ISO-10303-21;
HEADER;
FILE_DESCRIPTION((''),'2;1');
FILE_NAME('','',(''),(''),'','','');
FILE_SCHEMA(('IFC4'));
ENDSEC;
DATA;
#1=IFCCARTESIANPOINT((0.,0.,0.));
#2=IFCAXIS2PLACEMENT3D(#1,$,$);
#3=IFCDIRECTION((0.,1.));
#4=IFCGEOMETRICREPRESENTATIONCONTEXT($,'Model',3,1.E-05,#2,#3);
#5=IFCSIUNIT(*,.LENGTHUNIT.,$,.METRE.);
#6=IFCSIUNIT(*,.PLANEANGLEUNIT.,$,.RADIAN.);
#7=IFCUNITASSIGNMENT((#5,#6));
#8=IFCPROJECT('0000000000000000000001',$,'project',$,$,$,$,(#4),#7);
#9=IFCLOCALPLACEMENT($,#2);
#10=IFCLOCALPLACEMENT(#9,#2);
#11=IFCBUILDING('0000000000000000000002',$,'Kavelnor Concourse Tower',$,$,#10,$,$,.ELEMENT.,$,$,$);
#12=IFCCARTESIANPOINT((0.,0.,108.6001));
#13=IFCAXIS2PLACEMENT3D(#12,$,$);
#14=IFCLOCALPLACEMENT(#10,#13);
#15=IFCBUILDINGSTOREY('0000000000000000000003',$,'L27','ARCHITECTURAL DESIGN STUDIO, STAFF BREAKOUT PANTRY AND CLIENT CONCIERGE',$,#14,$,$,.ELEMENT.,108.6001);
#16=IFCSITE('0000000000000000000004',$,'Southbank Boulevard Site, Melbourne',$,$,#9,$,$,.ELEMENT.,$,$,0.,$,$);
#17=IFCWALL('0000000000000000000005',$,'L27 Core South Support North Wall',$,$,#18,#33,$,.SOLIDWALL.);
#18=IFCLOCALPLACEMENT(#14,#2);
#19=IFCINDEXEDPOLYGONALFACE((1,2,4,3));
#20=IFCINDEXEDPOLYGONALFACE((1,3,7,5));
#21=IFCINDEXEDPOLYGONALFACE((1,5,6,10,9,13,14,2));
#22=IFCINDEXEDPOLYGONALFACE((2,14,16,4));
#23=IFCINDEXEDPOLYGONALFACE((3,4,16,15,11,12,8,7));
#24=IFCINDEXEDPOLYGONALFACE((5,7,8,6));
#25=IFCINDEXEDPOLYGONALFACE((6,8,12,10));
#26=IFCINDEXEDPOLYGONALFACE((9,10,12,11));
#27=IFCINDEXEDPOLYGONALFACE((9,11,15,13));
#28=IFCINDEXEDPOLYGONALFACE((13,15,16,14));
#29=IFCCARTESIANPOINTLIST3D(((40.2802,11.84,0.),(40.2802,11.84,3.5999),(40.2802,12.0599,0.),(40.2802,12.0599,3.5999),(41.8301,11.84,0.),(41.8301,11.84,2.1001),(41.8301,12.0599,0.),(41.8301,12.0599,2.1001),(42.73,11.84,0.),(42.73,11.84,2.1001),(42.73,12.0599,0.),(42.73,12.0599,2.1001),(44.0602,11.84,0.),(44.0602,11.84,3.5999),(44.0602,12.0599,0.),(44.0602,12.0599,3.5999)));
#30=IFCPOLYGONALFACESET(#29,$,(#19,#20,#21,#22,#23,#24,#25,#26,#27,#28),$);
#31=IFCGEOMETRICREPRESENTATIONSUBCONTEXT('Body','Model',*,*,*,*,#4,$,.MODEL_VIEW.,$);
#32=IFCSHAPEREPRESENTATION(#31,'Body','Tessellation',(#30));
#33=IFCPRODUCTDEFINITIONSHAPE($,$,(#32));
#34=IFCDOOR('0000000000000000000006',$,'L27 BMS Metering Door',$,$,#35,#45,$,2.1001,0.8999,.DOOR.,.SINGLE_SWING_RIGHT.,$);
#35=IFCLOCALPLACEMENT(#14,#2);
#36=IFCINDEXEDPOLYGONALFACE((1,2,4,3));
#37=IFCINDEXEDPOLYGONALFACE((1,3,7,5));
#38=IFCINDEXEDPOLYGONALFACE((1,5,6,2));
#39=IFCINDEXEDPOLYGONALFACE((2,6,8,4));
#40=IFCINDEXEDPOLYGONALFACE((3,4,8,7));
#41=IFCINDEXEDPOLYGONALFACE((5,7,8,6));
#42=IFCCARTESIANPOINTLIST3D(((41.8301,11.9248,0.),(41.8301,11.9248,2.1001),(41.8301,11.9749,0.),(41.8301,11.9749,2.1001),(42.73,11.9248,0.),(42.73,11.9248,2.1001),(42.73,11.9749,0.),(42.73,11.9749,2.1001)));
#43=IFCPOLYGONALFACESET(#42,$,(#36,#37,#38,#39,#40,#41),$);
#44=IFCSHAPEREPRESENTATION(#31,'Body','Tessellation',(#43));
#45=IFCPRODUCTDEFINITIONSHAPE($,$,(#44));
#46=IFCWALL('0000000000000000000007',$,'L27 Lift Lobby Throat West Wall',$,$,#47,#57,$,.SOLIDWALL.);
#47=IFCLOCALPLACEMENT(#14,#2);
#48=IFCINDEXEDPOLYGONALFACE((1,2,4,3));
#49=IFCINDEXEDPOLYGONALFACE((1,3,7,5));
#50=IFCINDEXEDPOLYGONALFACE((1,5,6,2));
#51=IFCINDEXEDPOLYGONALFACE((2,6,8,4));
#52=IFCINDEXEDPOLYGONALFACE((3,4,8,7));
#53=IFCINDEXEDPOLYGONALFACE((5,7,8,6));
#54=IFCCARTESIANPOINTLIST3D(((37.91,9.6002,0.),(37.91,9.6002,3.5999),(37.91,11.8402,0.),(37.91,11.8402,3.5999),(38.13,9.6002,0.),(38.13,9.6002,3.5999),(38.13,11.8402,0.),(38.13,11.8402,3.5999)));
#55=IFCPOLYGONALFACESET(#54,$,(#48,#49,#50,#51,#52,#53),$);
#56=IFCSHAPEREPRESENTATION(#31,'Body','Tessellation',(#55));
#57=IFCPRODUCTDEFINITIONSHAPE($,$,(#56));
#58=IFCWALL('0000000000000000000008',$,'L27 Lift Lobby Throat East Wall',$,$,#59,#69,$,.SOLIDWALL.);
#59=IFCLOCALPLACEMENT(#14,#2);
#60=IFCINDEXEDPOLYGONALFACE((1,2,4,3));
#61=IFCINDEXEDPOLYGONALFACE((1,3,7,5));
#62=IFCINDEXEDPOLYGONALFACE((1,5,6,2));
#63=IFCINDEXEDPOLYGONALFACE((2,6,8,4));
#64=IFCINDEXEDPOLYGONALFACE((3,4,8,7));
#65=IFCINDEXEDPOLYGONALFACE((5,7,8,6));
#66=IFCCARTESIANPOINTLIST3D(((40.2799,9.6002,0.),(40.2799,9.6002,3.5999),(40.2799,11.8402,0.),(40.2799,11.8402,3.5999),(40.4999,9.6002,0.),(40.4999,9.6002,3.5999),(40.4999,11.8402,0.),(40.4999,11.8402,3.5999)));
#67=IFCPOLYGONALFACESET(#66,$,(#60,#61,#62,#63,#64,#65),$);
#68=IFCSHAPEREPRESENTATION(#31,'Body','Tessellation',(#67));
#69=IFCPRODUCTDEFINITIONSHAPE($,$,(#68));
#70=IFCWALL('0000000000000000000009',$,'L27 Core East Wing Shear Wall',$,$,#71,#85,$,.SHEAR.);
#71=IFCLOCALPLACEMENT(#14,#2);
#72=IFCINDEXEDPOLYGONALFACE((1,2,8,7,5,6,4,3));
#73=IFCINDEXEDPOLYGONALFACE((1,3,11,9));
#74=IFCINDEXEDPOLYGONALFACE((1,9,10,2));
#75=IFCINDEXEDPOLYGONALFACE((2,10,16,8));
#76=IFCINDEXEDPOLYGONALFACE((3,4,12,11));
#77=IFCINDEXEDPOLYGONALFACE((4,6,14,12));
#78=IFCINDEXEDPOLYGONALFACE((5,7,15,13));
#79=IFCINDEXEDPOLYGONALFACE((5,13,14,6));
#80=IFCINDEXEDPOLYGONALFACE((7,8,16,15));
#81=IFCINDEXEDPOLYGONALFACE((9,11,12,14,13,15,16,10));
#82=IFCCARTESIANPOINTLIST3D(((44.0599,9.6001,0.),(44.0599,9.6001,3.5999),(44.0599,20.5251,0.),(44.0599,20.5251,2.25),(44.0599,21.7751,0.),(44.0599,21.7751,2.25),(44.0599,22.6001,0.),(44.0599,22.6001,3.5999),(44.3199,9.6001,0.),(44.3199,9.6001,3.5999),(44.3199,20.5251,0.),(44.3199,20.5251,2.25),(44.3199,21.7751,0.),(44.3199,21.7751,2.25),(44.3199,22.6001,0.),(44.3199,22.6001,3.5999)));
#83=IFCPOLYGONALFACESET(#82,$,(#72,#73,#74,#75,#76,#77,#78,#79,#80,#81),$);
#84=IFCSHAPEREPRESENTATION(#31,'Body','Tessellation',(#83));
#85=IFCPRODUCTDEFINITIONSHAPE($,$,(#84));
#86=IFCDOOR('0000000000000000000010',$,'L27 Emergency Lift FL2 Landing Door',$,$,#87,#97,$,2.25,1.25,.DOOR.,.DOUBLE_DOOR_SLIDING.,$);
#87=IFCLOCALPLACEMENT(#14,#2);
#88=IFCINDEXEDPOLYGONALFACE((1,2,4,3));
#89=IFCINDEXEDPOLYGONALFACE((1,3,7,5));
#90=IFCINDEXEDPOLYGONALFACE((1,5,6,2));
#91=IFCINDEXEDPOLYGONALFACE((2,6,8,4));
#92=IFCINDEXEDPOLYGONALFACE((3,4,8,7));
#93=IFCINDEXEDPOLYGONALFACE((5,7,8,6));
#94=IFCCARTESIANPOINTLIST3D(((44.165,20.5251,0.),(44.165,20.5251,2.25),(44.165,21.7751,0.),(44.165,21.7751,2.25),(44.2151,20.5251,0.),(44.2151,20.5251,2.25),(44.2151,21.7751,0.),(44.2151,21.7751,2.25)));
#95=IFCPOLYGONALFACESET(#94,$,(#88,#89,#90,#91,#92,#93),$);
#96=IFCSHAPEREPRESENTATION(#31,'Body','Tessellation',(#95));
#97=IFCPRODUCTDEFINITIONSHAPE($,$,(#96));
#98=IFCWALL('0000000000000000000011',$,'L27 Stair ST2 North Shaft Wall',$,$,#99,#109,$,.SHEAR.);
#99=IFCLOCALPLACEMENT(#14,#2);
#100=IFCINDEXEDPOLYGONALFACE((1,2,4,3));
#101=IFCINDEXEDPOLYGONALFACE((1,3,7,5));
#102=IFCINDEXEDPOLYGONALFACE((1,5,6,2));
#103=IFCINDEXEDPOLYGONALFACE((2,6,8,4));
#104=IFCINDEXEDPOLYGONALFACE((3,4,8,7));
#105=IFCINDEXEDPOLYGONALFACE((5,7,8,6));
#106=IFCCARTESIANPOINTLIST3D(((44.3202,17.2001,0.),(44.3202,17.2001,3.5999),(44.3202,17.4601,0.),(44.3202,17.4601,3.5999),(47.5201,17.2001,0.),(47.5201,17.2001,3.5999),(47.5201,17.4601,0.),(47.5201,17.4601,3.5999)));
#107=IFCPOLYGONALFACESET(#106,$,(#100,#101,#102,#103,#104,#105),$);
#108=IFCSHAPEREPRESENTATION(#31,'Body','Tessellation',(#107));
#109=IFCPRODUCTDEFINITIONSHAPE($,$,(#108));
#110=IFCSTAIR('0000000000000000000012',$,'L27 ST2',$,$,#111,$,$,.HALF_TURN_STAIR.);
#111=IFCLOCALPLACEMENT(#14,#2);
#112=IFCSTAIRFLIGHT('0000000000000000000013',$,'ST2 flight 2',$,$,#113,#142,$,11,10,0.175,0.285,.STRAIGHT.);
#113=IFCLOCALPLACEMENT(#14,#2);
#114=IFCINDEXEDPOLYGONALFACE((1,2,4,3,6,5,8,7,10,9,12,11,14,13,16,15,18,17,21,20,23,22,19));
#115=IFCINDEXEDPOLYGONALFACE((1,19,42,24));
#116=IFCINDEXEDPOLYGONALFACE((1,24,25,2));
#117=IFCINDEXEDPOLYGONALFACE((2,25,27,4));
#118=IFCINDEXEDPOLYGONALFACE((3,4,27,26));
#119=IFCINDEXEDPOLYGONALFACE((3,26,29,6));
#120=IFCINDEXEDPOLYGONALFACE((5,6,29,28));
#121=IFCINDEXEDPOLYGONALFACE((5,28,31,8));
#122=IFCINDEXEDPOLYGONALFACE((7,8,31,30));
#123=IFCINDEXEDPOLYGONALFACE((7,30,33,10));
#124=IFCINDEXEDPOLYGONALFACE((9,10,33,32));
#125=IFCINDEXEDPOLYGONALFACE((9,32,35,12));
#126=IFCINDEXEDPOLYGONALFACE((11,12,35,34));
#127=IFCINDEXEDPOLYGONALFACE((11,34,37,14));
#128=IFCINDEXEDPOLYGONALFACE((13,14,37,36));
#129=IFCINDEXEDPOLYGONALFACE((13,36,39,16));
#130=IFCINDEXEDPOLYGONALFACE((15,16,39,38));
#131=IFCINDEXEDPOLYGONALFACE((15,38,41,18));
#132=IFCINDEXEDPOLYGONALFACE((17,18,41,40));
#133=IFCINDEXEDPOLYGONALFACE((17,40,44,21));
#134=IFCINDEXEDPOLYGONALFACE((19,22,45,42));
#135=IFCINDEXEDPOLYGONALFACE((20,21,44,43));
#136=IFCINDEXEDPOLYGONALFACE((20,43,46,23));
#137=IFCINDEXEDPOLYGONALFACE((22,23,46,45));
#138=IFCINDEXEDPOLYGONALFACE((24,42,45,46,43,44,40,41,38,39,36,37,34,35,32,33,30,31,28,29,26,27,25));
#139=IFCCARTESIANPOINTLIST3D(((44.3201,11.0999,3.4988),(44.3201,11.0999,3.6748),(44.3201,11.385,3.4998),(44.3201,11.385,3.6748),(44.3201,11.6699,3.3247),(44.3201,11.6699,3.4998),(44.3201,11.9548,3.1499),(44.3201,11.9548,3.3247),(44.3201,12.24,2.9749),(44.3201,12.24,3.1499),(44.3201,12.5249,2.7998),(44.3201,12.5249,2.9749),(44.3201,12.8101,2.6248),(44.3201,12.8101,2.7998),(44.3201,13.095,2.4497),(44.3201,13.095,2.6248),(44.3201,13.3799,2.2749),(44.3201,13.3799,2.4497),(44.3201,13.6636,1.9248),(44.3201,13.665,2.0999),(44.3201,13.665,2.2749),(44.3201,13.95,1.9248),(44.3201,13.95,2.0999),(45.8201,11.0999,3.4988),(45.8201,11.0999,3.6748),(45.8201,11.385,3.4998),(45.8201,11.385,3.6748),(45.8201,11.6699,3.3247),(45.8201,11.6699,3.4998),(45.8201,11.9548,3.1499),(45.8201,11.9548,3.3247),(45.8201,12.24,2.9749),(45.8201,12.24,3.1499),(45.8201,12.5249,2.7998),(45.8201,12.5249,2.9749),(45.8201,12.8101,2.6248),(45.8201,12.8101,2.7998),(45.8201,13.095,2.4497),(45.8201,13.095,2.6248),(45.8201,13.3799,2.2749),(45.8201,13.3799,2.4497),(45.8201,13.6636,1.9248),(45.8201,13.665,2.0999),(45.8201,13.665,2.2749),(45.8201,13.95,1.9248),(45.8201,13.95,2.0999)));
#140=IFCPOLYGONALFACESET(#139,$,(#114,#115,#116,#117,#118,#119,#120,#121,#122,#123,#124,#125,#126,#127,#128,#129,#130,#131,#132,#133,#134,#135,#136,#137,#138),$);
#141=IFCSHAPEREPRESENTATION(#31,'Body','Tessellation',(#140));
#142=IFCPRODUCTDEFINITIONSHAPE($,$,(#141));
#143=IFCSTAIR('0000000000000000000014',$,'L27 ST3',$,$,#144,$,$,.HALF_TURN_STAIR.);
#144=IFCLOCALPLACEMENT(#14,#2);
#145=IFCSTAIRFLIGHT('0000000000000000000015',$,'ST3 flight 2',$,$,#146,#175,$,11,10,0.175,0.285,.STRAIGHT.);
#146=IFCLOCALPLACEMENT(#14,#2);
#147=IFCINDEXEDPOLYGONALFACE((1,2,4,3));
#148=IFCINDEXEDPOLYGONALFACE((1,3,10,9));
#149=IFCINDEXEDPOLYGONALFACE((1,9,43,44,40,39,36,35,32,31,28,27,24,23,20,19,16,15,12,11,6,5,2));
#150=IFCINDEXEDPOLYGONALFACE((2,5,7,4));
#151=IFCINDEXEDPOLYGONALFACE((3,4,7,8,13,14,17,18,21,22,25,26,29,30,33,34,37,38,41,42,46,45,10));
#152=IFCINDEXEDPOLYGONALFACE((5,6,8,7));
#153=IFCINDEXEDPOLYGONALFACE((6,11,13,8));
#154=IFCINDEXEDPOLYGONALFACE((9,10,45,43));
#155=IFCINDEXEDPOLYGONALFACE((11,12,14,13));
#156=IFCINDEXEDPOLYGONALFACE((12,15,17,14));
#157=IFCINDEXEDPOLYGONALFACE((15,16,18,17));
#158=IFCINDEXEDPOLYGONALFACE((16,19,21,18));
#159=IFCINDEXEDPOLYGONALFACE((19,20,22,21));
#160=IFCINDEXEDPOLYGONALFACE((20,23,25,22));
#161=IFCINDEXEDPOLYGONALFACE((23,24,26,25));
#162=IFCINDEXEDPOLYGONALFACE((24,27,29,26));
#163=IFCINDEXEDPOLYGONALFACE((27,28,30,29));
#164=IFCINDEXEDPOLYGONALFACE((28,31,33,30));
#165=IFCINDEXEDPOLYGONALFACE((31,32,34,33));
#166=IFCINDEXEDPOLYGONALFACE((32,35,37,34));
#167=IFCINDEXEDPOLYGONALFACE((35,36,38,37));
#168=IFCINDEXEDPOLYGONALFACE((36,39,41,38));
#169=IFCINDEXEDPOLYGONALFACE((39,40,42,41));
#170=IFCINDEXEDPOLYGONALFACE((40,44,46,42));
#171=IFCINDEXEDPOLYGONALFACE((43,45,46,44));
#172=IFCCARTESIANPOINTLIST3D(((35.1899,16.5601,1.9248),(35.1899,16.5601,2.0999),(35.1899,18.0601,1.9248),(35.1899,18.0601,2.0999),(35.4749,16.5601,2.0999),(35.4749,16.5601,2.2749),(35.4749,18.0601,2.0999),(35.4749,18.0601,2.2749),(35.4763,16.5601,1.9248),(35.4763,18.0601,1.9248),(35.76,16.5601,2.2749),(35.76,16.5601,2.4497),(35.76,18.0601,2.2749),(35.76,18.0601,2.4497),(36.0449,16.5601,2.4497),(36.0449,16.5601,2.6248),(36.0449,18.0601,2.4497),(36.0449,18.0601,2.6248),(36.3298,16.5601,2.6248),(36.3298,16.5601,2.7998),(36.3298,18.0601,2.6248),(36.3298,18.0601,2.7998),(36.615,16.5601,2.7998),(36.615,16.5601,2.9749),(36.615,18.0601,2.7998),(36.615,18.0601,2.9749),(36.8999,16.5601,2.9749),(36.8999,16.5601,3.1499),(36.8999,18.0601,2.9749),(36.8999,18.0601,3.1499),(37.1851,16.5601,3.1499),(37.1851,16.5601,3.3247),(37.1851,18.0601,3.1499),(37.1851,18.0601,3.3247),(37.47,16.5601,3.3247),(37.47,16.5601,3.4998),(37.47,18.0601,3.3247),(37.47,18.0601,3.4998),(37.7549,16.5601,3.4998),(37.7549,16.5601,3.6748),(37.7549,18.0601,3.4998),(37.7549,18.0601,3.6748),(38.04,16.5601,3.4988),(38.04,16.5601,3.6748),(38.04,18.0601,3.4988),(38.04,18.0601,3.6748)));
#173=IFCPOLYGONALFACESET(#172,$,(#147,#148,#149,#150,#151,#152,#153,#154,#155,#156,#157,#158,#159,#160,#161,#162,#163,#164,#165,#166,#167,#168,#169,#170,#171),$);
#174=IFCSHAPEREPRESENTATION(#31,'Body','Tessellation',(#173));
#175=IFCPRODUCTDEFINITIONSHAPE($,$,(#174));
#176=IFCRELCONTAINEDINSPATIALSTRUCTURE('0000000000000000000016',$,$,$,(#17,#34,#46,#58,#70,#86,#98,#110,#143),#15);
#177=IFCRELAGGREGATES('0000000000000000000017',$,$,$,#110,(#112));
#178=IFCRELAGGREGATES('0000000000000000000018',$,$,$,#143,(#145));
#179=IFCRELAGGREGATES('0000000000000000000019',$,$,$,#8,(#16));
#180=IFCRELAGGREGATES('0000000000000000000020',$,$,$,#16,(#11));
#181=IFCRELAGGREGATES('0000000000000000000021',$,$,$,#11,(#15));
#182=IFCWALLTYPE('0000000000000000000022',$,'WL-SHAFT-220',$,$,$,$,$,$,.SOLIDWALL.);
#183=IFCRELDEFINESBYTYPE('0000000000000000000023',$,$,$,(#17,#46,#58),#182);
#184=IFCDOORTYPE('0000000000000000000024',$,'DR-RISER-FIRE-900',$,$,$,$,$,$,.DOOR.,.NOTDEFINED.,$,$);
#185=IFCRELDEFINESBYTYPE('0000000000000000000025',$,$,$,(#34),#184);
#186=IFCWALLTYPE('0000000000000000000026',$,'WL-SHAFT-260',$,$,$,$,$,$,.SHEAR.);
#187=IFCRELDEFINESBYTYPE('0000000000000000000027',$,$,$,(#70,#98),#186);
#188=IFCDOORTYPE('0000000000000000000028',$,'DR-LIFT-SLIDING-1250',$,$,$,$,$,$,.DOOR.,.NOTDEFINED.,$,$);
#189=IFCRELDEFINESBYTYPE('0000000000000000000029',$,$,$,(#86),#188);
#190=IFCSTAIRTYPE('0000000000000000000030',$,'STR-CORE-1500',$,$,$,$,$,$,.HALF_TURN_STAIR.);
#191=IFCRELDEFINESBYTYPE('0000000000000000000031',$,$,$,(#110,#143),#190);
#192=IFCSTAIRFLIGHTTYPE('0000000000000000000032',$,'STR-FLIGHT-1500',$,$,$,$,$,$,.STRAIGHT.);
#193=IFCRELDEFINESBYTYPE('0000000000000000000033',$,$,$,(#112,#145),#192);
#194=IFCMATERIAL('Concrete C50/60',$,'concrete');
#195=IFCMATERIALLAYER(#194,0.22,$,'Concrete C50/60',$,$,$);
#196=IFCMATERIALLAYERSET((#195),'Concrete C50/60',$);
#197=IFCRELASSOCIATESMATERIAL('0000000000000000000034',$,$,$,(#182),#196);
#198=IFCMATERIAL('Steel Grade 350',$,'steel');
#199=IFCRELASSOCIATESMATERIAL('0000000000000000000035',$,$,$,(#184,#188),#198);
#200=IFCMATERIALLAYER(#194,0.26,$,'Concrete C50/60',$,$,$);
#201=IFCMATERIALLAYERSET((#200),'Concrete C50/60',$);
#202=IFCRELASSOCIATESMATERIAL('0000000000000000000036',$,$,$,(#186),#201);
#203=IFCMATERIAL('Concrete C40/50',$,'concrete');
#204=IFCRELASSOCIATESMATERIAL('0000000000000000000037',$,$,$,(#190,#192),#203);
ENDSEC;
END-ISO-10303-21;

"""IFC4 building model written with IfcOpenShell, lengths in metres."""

from ifc_helpers import new_model, si_unit, direction, frame, frame_2d, origin, place, context, subcontext, project, spatial, polyline, rectangle, outline, extrude, material, layer, layer_set, type_object, element, fill, aggregate, save


model = new_model("IFC4")

# Units and contexts
model_context = context("Model", 3, precision=1e-05, world=origin(), true_north=direction((0.0, 1.0)))
body_context = subcontext(model_context, "Body", "Model", "MODEL_VIEW")
ifc_project = project(units=[si_unit("LENGTHUNIT", "METRE"), si_unit("PLANEANGLEUNIT", "RADIAN")], contexts=[model_context])

# Site, building, storey
site_placement = place(None, origin())
site = spatial("IfcSite", under=ifc_project, at=site_placement, Name="Southbank Boulevard Site, Melbourne", CompositionType="ELEMENT", RefElevation=0.0)
building_placement = place(site_placement, origin())
building = spatial("IfcBuilding", under=site, at=building_placement, Name="Kavelnor Concourse Tower", CompositionType="ELEMENT")
storey_placement = place(building_placement, frame((0.0, 0.0, 108.6001)))
storey = spatial("IfcBuildingStorey", under=building, at=storey_placement, Name="L27", Description="ARCHITECTURAL DESIGN STUDIO, STAFF BREAKOUT PANTRY AND CLIENT CONCIERGE", CompositionType="ELEMENT", Elevation=108.6001)

# Shared definitions
ifc_material_1 = material(Name="Steel Grade 350", Category="steel")

# Shared definitions
ifc_material_2 = material(Name="Concrete C50/60", Category="concrete")
ifc_layer_1 = layer(ifc_material_2, 0.22, Name="Concrete C50/60")
ifc_layer_set_1 = layer_set([ifc_layer_1], Name="Concrete C50/60")
wall_type_1 = type_object("IfcWallType", Name="WL-SHAFT-220", PredefinedType="SOLIDWALL", material=ifc_layer_set_1)

# Wall, opening, door
wall_1_placement = place(storey_placement, frame((40.28, 11.95, 0.0), z_axis=(0.0, 0.0, 1.0), x_axis=(1.0, 0.0, 0.0)))
wall_1 = element("IfcWall", 1, at=wall_1_placement, inside=storey, type_object=wall_type_1, Name="L27 Core South Support North Wall", PredefinedType="SOLIDWALL", context=body_context, shape_type="SweptSolid", body=[
    extrude(rectangle(XDim=3.78, YDim=0.22, at=frame_2d((1.8901, 0.0))), origin(), (0.0, 0.0, 1.0), 3.5999),
])
opening_1_placement = place(wall_1_placement, frame((1.55, 0.0, 0.0)))
opening_1 = element("IfcOpeningElement", 2, at=opening_1_placement, cuts=wall_1, PredefinedType="OPENING", context=body_context, shape_type="SweptSolid", body=[
    extrude(rectangle(XDim=0.8999, YDim=2.1001, at=frame_2d((0.45, 1.05))), frame((0.0, 0.1201, 0.0), z_axis=(0.0, -1.0, 0.0), x_axis=(1.0, 0.0, 0.0)), (0.0, 0.0, 1.0), 0.24),
])
door_type_1 = type_object("IfcDoorType", Name="DR-RISER-FIRE-900", OperationType="NOTDEFINED", PredefinedType="DOOR", material=ifc_material_1)
door_1_placement = place(opening_1_placement, origin())
door_1 = element("IfcDoor", 3, at=door_1_placement, inside=storey, type_object=door_type_1, Name="L27 BMS Metering Door", OperationType="SINGLE_SWING_RIGHT", OverallHeight=2.1001, OverallWidth=0.8999, PredefinedType="DOOR", context=body_context, shape_type="SweptSolid", body=[
    extrude(rectangle(XDim=0.8999, YDim=2.1001, at=frame_2d((0.45, 1.05))), frame((0.0, 0.0249, 0.0), z_axis=(0.0, -1.0, 0.0), x_axis=(1.0, 0.0, 0.0)), (0.0, 0.0, 1.0), 0.05),
])
fill(opening_1, door_1)

# Walls
for number, where, z_axis, x_axis, name in (
    (4, (38.02, 9.6001, 0.0), (0.0, 0.0, 1.0), (0.0, 1.0, 0.0), "L27 Lift Lobby Throat West Wall"),
    (5, (40.3899, 9.6001, 0.0), (0.0, 0.0, 1.0), (0.0, 1.0, 0.0), "L27 Lift Lobby Throat East Wall"),
):
    element("IfcWall", number, at=place(storey_placement, frame(where, z_axis=z_axis, x_axis=x_axis)), inside=storey, type_object=wall_type_1, Name=name, PredefinedType="SOLIDWALL", context=body_context, shape_type="SweptSolid", body=[
        extrude(rectangle(XDim=2.24, YDim=0.22, at=frame_2d((1.1201, 0.0))), origin(), (0.0, 0.0, 1.0), 3.5999),
    ])

# Wall, opening, door
ifc_layer_2 = layer(ifc_material_2, 0.26, Name="Concrete C50/60")
ifc_layer_set_2 = layer_set([ifc_layer_2], Name="Concrete C50/60")
wall_type_2 = type_object("IfcWallType", Name="WL-SHAFT-260", PredefinedType="SHEAR", material=ifc_layer_set_2)
wall_2_placement = place(storey_placement, frame((44.1899, 9.6001, 0.0), z_axis=(0.0, 0.0, 1.0), x_axis=(0.0, 1.0, 0.0)))
wall_2 = element("IfcWall", 6, at=wall_2_placement, inside=storey, type_object=wall_type_2, Name="L27 Core East Wing Shear Wall", PredefinedType="SHEAR", context=body_context, shape_type="SweptSolid", body=[
    extrude(rectangle(XDim=13.0, YDim=0.26, at=frame_2d((6.5, 0.0))), origin(), (0.0, 0.0, 1.0), 3.5999),
])
opening_2_placement = place(wall_2_placement, frame((10.925, 0.0, 0.0)))
opening_2 = element("IfcOpeningElement", 7, at=opening_2_placement, cuts=wall_2, PredefinedType="OPENING", context=body_context, shape_type="SweptSolid", body=[
    extrude(rectangle(XDim=1.25, YDim=2.25, at=frame_2d((0.625, 1.125))), frame((0.0, 0.1401, 0.0), z_axis=(0.0, -1.0, 0.0), x_axis=(1.0, 0.0, 0.0)), (0.0, 0.0, 1.0), 0.28),
])
door_type_2 = type_object("IfcDoorType", Name="DR-LIFT-SLIDING-1250", OperationType="NOTDEFINED", PredefinedType="DOOR", material=ifc_material_1)
door_2_placement = place(opening_2_placement, origin())
door_2 = element("IfcDoor", 8, at=door_2_placement, inside=storey, type_object=door_type_2, Name="L27 Emergency Lift FL2 Landing Door", OperationType="DOUBLE_DOOR_SLIDING", OverallHeight=2.25, OverallWidth=1.25, PredefinedType="DOOR", context=body_context, shape_type="SweptSolid", body=[
    extrude(rectangle(XDim=1.25, YDim=2.25, at=frame_2d((0.625, 1.125))), frame((0.0, 0.0249, 0.0), z_axis=(0.0, -1.0, 0.0), x_axis=(1.0, 0.0, 0.0)), (0.0, 0.0, 1.0), 0.05),
])
fill(opening_2, door_2)

# Wall
wall_3_placement = place(storey_placement, frame((44.3201, 17.3301, 0.0), z_axis=(0.0, 0.0, 1.0), x_axis=(1.0, 0.0, 0.0)))
element("IfcWall", 9, at=wall_3_placement, inside=storey, type_object=wall_type_2, Name="L27 Stair ST2 North Shaft Wall", PredefinedType="SHEAR", context=body_context, shape_type="SweptSolid", body=[
    extrude(rectangle(XDim=3.2, YDim=0.26, at=frame_2d((1.6001, 0.0))), origin(), (0.0, 0.0, 1.0), 3.5999),
])

# Stairs, stair flights
ifc_material_3 = material(Name="Concrete C40/50", Category="concrete")
stair_type = type_object("IfcStairType", Name="STR-CORE-1500", PredefinedType="HALF_TURN_STAIR", material=ifc_material_3)
stair_1_placement = place(storey_placement, origin())
stair_1 = element("IfcStair", 10, at=stair_1_placement, inside=storey, type_object=stair_type, Name="L27 ST2", PredefinedType="HALF_TURN_STAIR")
stair_flight_type = type_object("IfcStairFlightType", Name="STR-FLIGHT-1500", PredefinedType="STRAIGHT", material=ifc_material_3)
stair_flight_1_placement = place(storey_placement, frame((45.0701, 13.95, 1.9248), z_axis=(0.0, 0.0, 1.0), x_axis=(0.0, -1.0, 0.0)))
stair_flight_1 = element("IfcStairFlight", 11, at=stair_flight_1_placement, type_object=stair_flight_type, Name="ST2 flight 2", NumberOfRisers=11, NumberOfTreads=10, PredefinedType="STRAIGHT", RiserHeight=0.175, TreadLength=0.285, context=body_context, shape_type="SweptSolid", body=[
    extrude(outline(polyline([(0.0, 0.0), (0.0, 0.175), (0.2849, 0.175), (0.2849, 0.3501), (0.5701, 0.3501), (0.5701, 0.5249), (0.855, 0.5249), (0.855, 0.7), (1.1399, 0.7), (1.1399, 0.875), (1.425, 0.875), (1.425, 1.05), (1.71, 1.05), (1.71, 1.2251), (1.9951, 1.2251), (1.9951, 1.3999), (2.28, 1.3999), (2.28, 1.575), (2.5649, 1.575), (2.5649, 1.75), (2.8501, 1.75), (2.8501, 1.925), (2.8501, 1.574), (0.2864, 0.0), (0.0, 0.0)])), frame((0.0, 0.75, 0.0), z_axis=(0.0, -1.0, 0.0), x_axis=(1.0, 0.0, 0.0)), (0.0, 0.0, 1.0), 1.5),
])
aggregate(stair_1, [stair_flight_1])
stair_2_placement = place(storey_placement, origin())
stair_2 = element("IfcStair", 12, at=stair_2_placement, inside=storey, type_object=stair_type, Name="L27 ST3", PredefinedType="HALF_TURN_STAIR")
stair_flight_2_placement = place(storey_placement, frame((35.1899, 17.3101, 1.9248), z_axis=(0.0, 0.0, 1.0), x_axis=(1.0, 0.0, 0.0)))
stair_flight_2 = element("IfcStairFlight", 13, at=stair_flight_2_placement, type_object=stair_flight_type, Name="ST3 flight 2", NumberOfRisers=11, NumberOfTreads=10, PredefinedType="STRAIGHT", RiserHeight=0.175, TreadLength=0.285, context=body_context, shape_type="SweptSolid", body=[
    extrude(outline(polyline([(0.0, 0.0), (0.0, 0.175), (0.2849, 0.175), (0.2849, 0.3501), (0.5701, 0.3501), (0.5701, 0.5249), (0.855, 0.5249), (0.855, 0.7), (1.1399, 0.7), (1.1399, 0.875), (1.425, 0.875), (1.425, 1.05), (1.71, 1.05), (1.71, 1.2251), (1.9951, 1.2251), (1.9951, 1.3999), (2.28, 1.3999), (2.28, 1.575), (2.5649, 1.575), (2.5649, 1.75), (2.8501, 1.75), (2.8501, 1.925), (2.8501, 1.574), (0.2864, 0.0), (0.0, 0.0)])), frame((0.0, 0.75, 0.0), z_axis=(0.0, -1.0, 0.0), x_axis=(1.0, 0.0, 0.0)), (0.0, 0.0, 1.0), 1.5),
])
aggregate(stair_2, [stair_flight_2])

save(model, "model.ifc")
